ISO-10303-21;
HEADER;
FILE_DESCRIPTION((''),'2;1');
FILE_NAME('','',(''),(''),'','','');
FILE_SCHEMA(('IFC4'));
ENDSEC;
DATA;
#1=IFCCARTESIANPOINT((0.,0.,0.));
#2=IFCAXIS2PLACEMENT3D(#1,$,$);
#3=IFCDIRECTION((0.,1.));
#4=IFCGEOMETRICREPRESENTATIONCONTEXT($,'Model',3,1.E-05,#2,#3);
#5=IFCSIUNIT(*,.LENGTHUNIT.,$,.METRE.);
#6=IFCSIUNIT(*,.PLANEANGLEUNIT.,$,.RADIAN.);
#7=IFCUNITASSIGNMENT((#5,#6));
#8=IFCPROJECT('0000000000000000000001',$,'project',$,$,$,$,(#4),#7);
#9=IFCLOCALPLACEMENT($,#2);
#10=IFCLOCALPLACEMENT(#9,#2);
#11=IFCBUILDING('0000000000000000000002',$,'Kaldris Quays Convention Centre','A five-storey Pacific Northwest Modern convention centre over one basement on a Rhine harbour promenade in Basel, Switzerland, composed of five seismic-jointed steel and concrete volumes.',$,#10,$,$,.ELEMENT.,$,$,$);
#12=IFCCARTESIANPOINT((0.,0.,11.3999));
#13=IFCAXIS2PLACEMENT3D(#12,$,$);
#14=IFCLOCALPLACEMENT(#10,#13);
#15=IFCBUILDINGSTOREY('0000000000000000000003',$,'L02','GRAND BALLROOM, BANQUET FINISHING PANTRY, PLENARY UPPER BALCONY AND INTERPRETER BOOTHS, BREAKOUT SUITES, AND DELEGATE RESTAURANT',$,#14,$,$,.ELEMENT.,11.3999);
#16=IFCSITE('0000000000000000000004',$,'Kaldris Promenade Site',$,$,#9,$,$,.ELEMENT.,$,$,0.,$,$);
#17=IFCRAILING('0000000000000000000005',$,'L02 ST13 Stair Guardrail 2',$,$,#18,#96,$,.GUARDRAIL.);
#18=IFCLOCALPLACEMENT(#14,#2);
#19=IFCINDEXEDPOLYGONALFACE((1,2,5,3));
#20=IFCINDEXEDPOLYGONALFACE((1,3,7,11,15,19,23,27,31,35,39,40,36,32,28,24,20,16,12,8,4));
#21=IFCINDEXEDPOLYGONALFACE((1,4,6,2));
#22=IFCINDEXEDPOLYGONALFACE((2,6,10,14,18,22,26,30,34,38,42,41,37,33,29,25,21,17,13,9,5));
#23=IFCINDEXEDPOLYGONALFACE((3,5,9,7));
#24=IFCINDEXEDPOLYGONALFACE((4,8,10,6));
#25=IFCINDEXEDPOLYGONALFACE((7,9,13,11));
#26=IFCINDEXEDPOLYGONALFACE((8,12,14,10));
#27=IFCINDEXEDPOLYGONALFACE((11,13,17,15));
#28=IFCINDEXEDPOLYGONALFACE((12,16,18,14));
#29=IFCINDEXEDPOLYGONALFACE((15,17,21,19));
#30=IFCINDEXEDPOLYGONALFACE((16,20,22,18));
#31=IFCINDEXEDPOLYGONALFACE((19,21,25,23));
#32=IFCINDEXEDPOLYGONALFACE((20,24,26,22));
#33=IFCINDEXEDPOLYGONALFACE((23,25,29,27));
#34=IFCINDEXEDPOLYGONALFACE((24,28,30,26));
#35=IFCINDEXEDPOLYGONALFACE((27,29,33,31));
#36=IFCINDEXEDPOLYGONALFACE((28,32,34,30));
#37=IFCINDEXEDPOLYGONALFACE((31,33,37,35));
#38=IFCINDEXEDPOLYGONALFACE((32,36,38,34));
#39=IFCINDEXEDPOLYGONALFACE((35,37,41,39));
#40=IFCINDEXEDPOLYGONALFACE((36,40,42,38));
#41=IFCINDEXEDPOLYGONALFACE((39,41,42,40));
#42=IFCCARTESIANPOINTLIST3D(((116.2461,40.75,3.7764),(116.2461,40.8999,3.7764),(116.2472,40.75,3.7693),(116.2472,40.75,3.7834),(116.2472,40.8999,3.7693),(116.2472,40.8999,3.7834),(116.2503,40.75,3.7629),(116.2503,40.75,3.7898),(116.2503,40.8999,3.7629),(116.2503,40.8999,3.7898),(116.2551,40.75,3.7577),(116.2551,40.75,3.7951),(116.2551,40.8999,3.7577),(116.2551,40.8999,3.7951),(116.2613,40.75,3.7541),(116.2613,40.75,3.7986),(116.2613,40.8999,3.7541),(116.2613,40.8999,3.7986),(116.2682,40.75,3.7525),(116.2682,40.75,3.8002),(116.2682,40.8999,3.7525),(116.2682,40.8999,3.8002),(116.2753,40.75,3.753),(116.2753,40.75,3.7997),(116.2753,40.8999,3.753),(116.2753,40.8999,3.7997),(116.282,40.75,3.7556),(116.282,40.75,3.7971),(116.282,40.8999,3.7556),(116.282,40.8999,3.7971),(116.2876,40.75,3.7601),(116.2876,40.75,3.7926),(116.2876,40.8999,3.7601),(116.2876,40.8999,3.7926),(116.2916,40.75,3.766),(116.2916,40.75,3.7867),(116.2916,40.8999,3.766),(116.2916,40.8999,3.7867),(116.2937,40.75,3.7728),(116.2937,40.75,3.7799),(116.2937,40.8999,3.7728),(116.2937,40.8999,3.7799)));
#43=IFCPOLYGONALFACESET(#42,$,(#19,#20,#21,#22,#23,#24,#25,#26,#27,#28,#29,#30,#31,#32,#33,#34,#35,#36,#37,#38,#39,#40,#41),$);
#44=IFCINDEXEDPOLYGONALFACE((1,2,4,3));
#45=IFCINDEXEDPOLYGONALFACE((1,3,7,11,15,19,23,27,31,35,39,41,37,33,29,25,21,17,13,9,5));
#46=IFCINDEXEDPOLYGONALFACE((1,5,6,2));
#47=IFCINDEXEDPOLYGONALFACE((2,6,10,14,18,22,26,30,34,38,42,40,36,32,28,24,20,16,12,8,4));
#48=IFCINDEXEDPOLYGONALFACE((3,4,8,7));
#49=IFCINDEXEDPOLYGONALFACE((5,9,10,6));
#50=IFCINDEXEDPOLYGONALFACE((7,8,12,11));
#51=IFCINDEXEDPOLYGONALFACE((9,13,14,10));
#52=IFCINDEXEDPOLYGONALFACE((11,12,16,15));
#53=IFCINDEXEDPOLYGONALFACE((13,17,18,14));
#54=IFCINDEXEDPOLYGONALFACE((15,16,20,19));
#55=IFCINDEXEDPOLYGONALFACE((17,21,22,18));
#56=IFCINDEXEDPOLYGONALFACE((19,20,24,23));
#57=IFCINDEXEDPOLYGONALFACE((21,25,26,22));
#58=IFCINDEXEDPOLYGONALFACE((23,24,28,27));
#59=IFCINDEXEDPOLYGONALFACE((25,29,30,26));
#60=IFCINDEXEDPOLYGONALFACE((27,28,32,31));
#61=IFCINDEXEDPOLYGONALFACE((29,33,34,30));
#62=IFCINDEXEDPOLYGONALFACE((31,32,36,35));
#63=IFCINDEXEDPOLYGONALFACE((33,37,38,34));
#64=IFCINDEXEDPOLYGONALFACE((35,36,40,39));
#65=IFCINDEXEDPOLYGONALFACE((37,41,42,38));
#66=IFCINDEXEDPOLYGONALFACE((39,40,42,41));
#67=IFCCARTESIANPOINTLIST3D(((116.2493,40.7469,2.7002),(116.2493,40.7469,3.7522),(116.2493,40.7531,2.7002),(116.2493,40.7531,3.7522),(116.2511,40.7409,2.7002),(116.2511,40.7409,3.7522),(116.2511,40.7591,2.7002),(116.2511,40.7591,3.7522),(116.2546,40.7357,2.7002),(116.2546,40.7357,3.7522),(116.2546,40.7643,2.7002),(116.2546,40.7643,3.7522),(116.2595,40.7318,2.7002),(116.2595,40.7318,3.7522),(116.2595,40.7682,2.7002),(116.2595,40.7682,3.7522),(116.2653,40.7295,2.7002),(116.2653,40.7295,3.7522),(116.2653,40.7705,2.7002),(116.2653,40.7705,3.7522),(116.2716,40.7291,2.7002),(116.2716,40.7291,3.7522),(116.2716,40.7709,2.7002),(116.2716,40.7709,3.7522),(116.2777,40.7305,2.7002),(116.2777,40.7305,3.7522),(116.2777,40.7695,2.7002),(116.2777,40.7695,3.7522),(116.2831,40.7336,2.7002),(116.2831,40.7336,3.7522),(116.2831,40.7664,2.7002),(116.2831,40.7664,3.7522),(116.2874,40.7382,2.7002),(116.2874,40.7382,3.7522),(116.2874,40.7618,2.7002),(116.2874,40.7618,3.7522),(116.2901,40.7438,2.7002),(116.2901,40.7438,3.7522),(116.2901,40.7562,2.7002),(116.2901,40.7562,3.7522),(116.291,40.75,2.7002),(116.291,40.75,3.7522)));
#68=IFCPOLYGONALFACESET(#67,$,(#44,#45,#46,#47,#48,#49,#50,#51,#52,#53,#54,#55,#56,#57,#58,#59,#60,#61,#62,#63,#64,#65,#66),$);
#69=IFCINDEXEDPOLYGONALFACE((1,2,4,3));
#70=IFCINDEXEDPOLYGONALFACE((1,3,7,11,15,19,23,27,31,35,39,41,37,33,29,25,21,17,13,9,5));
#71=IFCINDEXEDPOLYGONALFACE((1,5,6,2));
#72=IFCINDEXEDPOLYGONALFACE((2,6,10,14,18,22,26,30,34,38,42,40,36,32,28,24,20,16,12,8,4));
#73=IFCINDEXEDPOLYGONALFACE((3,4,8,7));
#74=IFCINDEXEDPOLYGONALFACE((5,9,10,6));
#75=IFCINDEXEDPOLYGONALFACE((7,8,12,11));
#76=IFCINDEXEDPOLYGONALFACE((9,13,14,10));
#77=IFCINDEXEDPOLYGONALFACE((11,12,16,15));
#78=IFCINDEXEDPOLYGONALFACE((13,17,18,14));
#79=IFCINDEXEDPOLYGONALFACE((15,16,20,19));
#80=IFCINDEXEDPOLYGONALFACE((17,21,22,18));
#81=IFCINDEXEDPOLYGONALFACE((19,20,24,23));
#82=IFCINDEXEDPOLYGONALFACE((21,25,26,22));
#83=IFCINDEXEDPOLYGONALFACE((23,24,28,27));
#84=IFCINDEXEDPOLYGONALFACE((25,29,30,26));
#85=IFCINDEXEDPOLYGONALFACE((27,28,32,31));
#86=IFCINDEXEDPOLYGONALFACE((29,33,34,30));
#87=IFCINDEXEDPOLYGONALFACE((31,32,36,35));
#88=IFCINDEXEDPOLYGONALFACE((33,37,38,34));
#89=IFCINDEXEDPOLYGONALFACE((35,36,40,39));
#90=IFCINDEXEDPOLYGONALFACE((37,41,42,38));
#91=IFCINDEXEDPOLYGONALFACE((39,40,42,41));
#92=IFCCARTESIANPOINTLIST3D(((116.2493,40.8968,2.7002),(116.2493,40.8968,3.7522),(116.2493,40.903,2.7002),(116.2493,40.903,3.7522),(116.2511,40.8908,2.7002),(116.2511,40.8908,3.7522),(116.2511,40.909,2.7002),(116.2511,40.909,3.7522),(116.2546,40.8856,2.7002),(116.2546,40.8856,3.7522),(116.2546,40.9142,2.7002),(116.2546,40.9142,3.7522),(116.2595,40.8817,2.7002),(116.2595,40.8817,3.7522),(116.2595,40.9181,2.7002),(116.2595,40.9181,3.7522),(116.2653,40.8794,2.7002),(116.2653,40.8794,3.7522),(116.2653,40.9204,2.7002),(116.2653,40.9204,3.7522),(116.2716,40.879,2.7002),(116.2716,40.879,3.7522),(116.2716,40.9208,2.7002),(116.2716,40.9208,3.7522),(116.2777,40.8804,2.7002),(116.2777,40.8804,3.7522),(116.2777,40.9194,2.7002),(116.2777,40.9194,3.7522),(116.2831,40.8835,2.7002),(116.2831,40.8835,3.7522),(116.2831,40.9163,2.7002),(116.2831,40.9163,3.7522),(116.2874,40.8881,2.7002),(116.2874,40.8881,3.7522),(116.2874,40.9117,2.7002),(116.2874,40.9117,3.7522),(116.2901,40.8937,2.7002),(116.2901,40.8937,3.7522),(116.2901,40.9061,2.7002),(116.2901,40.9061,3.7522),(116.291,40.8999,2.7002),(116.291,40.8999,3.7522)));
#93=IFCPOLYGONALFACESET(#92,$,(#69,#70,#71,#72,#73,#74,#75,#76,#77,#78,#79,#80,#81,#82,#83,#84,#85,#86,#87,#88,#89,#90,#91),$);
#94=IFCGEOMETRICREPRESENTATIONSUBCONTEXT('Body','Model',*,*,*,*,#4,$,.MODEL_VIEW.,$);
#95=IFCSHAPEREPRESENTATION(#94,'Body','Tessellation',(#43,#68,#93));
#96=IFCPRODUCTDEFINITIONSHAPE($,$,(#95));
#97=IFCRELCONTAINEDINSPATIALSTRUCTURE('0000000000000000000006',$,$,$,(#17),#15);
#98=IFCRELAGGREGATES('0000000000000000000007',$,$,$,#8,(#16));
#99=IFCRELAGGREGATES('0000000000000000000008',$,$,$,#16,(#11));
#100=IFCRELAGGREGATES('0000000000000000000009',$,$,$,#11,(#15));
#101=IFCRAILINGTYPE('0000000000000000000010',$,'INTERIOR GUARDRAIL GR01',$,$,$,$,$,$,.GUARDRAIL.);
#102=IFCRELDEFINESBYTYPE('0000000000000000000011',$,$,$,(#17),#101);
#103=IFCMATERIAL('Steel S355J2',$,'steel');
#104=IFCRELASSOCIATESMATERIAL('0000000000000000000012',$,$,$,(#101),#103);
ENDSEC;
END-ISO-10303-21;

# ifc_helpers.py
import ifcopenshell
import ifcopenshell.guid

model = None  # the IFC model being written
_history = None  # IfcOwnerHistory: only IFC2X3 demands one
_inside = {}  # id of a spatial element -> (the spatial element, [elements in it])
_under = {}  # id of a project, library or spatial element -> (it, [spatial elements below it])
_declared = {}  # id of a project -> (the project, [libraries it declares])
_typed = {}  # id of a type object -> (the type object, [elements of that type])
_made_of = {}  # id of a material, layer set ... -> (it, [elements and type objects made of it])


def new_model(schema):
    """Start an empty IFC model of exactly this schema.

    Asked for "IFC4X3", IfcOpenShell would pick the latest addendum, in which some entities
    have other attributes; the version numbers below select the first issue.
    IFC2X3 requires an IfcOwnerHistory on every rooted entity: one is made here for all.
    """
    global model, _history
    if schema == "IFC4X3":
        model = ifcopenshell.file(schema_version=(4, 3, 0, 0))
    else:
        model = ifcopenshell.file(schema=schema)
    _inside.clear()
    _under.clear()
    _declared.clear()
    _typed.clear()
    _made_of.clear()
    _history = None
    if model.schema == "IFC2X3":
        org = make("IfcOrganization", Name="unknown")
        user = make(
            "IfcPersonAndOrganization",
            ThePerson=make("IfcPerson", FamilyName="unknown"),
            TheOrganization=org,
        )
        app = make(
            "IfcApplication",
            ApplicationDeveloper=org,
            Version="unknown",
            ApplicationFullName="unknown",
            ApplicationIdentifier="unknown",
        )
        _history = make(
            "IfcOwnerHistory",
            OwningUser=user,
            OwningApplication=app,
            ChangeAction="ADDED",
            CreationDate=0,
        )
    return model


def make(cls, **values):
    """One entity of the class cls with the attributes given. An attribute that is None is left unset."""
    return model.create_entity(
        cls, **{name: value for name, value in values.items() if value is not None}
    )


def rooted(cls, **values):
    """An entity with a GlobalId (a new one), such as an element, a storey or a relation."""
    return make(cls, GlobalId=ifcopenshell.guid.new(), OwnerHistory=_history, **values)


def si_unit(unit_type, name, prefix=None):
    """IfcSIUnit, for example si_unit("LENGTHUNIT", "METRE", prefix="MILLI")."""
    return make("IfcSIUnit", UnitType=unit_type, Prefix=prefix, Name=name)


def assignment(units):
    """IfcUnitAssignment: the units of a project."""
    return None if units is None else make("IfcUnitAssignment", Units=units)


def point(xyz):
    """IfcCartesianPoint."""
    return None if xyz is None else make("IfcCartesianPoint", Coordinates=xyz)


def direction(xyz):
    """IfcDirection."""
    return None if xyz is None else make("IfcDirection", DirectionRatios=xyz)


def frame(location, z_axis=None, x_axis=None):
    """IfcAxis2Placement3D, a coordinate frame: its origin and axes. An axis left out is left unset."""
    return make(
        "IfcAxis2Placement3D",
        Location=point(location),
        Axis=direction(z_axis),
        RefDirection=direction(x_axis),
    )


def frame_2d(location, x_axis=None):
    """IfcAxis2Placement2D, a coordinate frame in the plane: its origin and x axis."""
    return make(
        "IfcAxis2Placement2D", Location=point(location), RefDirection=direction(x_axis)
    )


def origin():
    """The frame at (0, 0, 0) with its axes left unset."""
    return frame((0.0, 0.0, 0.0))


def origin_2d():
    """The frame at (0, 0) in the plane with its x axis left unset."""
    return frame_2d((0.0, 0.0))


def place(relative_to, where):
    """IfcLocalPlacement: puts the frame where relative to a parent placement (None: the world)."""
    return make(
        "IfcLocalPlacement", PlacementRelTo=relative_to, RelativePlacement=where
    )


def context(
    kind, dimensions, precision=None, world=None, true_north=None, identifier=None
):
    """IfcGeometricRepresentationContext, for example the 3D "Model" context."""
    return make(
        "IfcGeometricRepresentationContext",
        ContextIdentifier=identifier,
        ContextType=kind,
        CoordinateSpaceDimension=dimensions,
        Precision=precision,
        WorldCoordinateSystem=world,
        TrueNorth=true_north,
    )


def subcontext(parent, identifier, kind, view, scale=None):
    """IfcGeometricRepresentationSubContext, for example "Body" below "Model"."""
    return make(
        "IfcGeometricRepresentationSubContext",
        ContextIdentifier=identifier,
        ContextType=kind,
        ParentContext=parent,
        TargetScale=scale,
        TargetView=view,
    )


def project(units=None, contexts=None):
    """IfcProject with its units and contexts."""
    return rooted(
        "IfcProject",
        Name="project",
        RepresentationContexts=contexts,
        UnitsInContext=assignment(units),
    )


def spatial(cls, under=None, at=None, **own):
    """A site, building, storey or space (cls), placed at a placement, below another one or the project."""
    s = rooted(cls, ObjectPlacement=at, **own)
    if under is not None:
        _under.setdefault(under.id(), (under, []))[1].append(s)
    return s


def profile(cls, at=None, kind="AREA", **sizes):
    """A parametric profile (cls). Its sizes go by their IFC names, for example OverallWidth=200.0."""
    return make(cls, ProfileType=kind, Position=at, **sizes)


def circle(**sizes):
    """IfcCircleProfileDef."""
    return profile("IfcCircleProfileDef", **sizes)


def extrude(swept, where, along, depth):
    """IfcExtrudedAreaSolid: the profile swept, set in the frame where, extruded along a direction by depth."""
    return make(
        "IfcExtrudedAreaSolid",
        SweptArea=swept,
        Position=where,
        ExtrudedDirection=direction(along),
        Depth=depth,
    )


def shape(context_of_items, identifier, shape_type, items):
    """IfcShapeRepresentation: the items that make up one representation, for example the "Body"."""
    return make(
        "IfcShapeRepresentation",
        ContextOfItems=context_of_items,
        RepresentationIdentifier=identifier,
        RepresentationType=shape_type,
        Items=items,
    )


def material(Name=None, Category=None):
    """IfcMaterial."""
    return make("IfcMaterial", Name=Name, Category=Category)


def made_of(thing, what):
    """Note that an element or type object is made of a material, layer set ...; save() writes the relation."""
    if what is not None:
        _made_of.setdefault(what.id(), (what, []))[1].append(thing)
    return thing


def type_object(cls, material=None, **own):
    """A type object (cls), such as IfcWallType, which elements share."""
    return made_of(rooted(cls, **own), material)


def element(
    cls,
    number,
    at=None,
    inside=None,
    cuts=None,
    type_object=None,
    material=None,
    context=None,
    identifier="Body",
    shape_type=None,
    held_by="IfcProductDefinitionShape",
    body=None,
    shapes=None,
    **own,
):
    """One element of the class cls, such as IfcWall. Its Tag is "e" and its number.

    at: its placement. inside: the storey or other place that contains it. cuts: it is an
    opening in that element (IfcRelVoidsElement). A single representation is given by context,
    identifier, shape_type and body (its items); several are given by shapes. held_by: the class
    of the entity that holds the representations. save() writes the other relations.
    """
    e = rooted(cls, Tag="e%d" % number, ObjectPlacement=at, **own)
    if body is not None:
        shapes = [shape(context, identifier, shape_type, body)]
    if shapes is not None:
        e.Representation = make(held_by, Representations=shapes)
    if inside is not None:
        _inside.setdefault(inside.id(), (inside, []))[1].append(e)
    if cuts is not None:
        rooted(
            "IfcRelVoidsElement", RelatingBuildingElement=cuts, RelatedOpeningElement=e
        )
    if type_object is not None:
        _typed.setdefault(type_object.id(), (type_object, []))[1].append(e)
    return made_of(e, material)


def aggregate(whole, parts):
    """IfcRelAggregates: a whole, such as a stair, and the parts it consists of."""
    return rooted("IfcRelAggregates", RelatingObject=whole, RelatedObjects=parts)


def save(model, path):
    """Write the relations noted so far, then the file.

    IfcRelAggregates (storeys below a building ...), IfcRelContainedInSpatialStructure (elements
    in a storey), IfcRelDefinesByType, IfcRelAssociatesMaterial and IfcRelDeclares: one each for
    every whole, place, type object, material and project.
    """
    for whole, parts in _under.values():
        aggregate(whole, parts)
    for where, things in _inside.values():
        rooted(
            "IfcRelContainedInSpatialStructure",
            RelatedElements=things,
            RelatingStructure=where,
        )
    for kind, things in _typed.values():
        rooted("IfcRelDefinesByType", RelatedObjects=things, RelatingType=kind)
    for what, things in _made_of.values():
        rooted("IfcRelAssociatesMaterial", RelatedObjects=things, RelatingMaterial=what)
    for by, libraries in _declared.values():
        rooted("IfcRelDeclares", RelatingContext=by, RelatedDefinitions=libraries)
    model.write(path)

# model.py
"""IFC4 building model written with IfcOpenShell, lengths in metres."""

from ifc_helpers import new_model, si_unit, direction, frame, origin, origin_2d, place, context, subcontext, project, spatial, circle, extrude, material, type_object, element, save


model = new_model("IFC4")

# Units and contexts
model_context = context("Model", 3, precision=1e-05, world=origin(), true_north=direction((0.0, 1.0)))
body_context = subcontext(model_context, "Body", "Model", "MODEL_VIEW")
ifc_project = project(units=[si_unit("LENGTHUNIT", "METRE"), si_unit("PLANEANGLEUNIT", "RADIAN")], contexts=[model_context])

# Site, building, storey
site_placement = place(None, origin())
site = spatial("IfcSite", under=ifc_project, at=site_placement, Name="Kaldris Promenade Site", CompositionType="ELEMENT", RefElevation=0.0)
building_placement = place(site_placement, origin())
building = spatial("IfcBuilding", under=site, at=building_placement, Name="Kaldris Quays Convention Centre", Description="A five-storey Pacific Northwest Modern convention centre over one basement on a Rhine harbour promenade in Basel, Switzerland, composed of five seismic-jointed steel and concrete volumes.", CompositionType="ELEMENT")
storey_placement = place(building_placement, frame((0.0, 0.0, 11.3999)))
storey = spatial("IfcBuildingStorey", under=building, at=storey_placement, Name="L02", Description="GRAND BALLROOM, BANQUET FINISHING PANTRY, PLENARY UPPER BALCONY AND INTERPRETER BOOTHS, BREAKOUT SUITES, AND DELEGATE RESTAURANT", CompositionType="ELEMENT", Elevation=11.3999)

# Railing
ifc_material_1 = material(Name="Steel S355J2", Category="steel")
railing_type = type_object("IfcRailingType", Name="INTERIOR GUARDRAIL GR01", PredefinedType="GUARDRAIL", material=ifc_material_1)
railing_1_placement = place(storey_placement, frame((116.27, 40.75, 2.7002)))
element("IfcRailing", 1, at=railing_1_placement, inside=storey, type_object=railing_type, Name="L02 ST13 Stair Guardrail 2", PredefinedType="GUARDRAIL", context=body_context, shape_type="SweptSolid", body=[
    extrude(circle(Radius=0.0239, at=origin_2d()), frame((0.0, 0.0, 1.0762), z_axis=(0.0, 1.0, 0.0), x_axis=(-1.0, 0.0, 0.0)), (0.0, 0.0, 1.0), 0.1499),
    extrude(circle(Radius=0.021, at=origin_2d()), origin(), (0.0, 0.0, 1.0), 1.052),
    extrude(circle(Radius=0.021, at=origin_2d()), frame((0.0, 0.1499, 0.0)), (0.0, 0.0, 1.0), 1.052),
])

save(model, "model.ifc")
